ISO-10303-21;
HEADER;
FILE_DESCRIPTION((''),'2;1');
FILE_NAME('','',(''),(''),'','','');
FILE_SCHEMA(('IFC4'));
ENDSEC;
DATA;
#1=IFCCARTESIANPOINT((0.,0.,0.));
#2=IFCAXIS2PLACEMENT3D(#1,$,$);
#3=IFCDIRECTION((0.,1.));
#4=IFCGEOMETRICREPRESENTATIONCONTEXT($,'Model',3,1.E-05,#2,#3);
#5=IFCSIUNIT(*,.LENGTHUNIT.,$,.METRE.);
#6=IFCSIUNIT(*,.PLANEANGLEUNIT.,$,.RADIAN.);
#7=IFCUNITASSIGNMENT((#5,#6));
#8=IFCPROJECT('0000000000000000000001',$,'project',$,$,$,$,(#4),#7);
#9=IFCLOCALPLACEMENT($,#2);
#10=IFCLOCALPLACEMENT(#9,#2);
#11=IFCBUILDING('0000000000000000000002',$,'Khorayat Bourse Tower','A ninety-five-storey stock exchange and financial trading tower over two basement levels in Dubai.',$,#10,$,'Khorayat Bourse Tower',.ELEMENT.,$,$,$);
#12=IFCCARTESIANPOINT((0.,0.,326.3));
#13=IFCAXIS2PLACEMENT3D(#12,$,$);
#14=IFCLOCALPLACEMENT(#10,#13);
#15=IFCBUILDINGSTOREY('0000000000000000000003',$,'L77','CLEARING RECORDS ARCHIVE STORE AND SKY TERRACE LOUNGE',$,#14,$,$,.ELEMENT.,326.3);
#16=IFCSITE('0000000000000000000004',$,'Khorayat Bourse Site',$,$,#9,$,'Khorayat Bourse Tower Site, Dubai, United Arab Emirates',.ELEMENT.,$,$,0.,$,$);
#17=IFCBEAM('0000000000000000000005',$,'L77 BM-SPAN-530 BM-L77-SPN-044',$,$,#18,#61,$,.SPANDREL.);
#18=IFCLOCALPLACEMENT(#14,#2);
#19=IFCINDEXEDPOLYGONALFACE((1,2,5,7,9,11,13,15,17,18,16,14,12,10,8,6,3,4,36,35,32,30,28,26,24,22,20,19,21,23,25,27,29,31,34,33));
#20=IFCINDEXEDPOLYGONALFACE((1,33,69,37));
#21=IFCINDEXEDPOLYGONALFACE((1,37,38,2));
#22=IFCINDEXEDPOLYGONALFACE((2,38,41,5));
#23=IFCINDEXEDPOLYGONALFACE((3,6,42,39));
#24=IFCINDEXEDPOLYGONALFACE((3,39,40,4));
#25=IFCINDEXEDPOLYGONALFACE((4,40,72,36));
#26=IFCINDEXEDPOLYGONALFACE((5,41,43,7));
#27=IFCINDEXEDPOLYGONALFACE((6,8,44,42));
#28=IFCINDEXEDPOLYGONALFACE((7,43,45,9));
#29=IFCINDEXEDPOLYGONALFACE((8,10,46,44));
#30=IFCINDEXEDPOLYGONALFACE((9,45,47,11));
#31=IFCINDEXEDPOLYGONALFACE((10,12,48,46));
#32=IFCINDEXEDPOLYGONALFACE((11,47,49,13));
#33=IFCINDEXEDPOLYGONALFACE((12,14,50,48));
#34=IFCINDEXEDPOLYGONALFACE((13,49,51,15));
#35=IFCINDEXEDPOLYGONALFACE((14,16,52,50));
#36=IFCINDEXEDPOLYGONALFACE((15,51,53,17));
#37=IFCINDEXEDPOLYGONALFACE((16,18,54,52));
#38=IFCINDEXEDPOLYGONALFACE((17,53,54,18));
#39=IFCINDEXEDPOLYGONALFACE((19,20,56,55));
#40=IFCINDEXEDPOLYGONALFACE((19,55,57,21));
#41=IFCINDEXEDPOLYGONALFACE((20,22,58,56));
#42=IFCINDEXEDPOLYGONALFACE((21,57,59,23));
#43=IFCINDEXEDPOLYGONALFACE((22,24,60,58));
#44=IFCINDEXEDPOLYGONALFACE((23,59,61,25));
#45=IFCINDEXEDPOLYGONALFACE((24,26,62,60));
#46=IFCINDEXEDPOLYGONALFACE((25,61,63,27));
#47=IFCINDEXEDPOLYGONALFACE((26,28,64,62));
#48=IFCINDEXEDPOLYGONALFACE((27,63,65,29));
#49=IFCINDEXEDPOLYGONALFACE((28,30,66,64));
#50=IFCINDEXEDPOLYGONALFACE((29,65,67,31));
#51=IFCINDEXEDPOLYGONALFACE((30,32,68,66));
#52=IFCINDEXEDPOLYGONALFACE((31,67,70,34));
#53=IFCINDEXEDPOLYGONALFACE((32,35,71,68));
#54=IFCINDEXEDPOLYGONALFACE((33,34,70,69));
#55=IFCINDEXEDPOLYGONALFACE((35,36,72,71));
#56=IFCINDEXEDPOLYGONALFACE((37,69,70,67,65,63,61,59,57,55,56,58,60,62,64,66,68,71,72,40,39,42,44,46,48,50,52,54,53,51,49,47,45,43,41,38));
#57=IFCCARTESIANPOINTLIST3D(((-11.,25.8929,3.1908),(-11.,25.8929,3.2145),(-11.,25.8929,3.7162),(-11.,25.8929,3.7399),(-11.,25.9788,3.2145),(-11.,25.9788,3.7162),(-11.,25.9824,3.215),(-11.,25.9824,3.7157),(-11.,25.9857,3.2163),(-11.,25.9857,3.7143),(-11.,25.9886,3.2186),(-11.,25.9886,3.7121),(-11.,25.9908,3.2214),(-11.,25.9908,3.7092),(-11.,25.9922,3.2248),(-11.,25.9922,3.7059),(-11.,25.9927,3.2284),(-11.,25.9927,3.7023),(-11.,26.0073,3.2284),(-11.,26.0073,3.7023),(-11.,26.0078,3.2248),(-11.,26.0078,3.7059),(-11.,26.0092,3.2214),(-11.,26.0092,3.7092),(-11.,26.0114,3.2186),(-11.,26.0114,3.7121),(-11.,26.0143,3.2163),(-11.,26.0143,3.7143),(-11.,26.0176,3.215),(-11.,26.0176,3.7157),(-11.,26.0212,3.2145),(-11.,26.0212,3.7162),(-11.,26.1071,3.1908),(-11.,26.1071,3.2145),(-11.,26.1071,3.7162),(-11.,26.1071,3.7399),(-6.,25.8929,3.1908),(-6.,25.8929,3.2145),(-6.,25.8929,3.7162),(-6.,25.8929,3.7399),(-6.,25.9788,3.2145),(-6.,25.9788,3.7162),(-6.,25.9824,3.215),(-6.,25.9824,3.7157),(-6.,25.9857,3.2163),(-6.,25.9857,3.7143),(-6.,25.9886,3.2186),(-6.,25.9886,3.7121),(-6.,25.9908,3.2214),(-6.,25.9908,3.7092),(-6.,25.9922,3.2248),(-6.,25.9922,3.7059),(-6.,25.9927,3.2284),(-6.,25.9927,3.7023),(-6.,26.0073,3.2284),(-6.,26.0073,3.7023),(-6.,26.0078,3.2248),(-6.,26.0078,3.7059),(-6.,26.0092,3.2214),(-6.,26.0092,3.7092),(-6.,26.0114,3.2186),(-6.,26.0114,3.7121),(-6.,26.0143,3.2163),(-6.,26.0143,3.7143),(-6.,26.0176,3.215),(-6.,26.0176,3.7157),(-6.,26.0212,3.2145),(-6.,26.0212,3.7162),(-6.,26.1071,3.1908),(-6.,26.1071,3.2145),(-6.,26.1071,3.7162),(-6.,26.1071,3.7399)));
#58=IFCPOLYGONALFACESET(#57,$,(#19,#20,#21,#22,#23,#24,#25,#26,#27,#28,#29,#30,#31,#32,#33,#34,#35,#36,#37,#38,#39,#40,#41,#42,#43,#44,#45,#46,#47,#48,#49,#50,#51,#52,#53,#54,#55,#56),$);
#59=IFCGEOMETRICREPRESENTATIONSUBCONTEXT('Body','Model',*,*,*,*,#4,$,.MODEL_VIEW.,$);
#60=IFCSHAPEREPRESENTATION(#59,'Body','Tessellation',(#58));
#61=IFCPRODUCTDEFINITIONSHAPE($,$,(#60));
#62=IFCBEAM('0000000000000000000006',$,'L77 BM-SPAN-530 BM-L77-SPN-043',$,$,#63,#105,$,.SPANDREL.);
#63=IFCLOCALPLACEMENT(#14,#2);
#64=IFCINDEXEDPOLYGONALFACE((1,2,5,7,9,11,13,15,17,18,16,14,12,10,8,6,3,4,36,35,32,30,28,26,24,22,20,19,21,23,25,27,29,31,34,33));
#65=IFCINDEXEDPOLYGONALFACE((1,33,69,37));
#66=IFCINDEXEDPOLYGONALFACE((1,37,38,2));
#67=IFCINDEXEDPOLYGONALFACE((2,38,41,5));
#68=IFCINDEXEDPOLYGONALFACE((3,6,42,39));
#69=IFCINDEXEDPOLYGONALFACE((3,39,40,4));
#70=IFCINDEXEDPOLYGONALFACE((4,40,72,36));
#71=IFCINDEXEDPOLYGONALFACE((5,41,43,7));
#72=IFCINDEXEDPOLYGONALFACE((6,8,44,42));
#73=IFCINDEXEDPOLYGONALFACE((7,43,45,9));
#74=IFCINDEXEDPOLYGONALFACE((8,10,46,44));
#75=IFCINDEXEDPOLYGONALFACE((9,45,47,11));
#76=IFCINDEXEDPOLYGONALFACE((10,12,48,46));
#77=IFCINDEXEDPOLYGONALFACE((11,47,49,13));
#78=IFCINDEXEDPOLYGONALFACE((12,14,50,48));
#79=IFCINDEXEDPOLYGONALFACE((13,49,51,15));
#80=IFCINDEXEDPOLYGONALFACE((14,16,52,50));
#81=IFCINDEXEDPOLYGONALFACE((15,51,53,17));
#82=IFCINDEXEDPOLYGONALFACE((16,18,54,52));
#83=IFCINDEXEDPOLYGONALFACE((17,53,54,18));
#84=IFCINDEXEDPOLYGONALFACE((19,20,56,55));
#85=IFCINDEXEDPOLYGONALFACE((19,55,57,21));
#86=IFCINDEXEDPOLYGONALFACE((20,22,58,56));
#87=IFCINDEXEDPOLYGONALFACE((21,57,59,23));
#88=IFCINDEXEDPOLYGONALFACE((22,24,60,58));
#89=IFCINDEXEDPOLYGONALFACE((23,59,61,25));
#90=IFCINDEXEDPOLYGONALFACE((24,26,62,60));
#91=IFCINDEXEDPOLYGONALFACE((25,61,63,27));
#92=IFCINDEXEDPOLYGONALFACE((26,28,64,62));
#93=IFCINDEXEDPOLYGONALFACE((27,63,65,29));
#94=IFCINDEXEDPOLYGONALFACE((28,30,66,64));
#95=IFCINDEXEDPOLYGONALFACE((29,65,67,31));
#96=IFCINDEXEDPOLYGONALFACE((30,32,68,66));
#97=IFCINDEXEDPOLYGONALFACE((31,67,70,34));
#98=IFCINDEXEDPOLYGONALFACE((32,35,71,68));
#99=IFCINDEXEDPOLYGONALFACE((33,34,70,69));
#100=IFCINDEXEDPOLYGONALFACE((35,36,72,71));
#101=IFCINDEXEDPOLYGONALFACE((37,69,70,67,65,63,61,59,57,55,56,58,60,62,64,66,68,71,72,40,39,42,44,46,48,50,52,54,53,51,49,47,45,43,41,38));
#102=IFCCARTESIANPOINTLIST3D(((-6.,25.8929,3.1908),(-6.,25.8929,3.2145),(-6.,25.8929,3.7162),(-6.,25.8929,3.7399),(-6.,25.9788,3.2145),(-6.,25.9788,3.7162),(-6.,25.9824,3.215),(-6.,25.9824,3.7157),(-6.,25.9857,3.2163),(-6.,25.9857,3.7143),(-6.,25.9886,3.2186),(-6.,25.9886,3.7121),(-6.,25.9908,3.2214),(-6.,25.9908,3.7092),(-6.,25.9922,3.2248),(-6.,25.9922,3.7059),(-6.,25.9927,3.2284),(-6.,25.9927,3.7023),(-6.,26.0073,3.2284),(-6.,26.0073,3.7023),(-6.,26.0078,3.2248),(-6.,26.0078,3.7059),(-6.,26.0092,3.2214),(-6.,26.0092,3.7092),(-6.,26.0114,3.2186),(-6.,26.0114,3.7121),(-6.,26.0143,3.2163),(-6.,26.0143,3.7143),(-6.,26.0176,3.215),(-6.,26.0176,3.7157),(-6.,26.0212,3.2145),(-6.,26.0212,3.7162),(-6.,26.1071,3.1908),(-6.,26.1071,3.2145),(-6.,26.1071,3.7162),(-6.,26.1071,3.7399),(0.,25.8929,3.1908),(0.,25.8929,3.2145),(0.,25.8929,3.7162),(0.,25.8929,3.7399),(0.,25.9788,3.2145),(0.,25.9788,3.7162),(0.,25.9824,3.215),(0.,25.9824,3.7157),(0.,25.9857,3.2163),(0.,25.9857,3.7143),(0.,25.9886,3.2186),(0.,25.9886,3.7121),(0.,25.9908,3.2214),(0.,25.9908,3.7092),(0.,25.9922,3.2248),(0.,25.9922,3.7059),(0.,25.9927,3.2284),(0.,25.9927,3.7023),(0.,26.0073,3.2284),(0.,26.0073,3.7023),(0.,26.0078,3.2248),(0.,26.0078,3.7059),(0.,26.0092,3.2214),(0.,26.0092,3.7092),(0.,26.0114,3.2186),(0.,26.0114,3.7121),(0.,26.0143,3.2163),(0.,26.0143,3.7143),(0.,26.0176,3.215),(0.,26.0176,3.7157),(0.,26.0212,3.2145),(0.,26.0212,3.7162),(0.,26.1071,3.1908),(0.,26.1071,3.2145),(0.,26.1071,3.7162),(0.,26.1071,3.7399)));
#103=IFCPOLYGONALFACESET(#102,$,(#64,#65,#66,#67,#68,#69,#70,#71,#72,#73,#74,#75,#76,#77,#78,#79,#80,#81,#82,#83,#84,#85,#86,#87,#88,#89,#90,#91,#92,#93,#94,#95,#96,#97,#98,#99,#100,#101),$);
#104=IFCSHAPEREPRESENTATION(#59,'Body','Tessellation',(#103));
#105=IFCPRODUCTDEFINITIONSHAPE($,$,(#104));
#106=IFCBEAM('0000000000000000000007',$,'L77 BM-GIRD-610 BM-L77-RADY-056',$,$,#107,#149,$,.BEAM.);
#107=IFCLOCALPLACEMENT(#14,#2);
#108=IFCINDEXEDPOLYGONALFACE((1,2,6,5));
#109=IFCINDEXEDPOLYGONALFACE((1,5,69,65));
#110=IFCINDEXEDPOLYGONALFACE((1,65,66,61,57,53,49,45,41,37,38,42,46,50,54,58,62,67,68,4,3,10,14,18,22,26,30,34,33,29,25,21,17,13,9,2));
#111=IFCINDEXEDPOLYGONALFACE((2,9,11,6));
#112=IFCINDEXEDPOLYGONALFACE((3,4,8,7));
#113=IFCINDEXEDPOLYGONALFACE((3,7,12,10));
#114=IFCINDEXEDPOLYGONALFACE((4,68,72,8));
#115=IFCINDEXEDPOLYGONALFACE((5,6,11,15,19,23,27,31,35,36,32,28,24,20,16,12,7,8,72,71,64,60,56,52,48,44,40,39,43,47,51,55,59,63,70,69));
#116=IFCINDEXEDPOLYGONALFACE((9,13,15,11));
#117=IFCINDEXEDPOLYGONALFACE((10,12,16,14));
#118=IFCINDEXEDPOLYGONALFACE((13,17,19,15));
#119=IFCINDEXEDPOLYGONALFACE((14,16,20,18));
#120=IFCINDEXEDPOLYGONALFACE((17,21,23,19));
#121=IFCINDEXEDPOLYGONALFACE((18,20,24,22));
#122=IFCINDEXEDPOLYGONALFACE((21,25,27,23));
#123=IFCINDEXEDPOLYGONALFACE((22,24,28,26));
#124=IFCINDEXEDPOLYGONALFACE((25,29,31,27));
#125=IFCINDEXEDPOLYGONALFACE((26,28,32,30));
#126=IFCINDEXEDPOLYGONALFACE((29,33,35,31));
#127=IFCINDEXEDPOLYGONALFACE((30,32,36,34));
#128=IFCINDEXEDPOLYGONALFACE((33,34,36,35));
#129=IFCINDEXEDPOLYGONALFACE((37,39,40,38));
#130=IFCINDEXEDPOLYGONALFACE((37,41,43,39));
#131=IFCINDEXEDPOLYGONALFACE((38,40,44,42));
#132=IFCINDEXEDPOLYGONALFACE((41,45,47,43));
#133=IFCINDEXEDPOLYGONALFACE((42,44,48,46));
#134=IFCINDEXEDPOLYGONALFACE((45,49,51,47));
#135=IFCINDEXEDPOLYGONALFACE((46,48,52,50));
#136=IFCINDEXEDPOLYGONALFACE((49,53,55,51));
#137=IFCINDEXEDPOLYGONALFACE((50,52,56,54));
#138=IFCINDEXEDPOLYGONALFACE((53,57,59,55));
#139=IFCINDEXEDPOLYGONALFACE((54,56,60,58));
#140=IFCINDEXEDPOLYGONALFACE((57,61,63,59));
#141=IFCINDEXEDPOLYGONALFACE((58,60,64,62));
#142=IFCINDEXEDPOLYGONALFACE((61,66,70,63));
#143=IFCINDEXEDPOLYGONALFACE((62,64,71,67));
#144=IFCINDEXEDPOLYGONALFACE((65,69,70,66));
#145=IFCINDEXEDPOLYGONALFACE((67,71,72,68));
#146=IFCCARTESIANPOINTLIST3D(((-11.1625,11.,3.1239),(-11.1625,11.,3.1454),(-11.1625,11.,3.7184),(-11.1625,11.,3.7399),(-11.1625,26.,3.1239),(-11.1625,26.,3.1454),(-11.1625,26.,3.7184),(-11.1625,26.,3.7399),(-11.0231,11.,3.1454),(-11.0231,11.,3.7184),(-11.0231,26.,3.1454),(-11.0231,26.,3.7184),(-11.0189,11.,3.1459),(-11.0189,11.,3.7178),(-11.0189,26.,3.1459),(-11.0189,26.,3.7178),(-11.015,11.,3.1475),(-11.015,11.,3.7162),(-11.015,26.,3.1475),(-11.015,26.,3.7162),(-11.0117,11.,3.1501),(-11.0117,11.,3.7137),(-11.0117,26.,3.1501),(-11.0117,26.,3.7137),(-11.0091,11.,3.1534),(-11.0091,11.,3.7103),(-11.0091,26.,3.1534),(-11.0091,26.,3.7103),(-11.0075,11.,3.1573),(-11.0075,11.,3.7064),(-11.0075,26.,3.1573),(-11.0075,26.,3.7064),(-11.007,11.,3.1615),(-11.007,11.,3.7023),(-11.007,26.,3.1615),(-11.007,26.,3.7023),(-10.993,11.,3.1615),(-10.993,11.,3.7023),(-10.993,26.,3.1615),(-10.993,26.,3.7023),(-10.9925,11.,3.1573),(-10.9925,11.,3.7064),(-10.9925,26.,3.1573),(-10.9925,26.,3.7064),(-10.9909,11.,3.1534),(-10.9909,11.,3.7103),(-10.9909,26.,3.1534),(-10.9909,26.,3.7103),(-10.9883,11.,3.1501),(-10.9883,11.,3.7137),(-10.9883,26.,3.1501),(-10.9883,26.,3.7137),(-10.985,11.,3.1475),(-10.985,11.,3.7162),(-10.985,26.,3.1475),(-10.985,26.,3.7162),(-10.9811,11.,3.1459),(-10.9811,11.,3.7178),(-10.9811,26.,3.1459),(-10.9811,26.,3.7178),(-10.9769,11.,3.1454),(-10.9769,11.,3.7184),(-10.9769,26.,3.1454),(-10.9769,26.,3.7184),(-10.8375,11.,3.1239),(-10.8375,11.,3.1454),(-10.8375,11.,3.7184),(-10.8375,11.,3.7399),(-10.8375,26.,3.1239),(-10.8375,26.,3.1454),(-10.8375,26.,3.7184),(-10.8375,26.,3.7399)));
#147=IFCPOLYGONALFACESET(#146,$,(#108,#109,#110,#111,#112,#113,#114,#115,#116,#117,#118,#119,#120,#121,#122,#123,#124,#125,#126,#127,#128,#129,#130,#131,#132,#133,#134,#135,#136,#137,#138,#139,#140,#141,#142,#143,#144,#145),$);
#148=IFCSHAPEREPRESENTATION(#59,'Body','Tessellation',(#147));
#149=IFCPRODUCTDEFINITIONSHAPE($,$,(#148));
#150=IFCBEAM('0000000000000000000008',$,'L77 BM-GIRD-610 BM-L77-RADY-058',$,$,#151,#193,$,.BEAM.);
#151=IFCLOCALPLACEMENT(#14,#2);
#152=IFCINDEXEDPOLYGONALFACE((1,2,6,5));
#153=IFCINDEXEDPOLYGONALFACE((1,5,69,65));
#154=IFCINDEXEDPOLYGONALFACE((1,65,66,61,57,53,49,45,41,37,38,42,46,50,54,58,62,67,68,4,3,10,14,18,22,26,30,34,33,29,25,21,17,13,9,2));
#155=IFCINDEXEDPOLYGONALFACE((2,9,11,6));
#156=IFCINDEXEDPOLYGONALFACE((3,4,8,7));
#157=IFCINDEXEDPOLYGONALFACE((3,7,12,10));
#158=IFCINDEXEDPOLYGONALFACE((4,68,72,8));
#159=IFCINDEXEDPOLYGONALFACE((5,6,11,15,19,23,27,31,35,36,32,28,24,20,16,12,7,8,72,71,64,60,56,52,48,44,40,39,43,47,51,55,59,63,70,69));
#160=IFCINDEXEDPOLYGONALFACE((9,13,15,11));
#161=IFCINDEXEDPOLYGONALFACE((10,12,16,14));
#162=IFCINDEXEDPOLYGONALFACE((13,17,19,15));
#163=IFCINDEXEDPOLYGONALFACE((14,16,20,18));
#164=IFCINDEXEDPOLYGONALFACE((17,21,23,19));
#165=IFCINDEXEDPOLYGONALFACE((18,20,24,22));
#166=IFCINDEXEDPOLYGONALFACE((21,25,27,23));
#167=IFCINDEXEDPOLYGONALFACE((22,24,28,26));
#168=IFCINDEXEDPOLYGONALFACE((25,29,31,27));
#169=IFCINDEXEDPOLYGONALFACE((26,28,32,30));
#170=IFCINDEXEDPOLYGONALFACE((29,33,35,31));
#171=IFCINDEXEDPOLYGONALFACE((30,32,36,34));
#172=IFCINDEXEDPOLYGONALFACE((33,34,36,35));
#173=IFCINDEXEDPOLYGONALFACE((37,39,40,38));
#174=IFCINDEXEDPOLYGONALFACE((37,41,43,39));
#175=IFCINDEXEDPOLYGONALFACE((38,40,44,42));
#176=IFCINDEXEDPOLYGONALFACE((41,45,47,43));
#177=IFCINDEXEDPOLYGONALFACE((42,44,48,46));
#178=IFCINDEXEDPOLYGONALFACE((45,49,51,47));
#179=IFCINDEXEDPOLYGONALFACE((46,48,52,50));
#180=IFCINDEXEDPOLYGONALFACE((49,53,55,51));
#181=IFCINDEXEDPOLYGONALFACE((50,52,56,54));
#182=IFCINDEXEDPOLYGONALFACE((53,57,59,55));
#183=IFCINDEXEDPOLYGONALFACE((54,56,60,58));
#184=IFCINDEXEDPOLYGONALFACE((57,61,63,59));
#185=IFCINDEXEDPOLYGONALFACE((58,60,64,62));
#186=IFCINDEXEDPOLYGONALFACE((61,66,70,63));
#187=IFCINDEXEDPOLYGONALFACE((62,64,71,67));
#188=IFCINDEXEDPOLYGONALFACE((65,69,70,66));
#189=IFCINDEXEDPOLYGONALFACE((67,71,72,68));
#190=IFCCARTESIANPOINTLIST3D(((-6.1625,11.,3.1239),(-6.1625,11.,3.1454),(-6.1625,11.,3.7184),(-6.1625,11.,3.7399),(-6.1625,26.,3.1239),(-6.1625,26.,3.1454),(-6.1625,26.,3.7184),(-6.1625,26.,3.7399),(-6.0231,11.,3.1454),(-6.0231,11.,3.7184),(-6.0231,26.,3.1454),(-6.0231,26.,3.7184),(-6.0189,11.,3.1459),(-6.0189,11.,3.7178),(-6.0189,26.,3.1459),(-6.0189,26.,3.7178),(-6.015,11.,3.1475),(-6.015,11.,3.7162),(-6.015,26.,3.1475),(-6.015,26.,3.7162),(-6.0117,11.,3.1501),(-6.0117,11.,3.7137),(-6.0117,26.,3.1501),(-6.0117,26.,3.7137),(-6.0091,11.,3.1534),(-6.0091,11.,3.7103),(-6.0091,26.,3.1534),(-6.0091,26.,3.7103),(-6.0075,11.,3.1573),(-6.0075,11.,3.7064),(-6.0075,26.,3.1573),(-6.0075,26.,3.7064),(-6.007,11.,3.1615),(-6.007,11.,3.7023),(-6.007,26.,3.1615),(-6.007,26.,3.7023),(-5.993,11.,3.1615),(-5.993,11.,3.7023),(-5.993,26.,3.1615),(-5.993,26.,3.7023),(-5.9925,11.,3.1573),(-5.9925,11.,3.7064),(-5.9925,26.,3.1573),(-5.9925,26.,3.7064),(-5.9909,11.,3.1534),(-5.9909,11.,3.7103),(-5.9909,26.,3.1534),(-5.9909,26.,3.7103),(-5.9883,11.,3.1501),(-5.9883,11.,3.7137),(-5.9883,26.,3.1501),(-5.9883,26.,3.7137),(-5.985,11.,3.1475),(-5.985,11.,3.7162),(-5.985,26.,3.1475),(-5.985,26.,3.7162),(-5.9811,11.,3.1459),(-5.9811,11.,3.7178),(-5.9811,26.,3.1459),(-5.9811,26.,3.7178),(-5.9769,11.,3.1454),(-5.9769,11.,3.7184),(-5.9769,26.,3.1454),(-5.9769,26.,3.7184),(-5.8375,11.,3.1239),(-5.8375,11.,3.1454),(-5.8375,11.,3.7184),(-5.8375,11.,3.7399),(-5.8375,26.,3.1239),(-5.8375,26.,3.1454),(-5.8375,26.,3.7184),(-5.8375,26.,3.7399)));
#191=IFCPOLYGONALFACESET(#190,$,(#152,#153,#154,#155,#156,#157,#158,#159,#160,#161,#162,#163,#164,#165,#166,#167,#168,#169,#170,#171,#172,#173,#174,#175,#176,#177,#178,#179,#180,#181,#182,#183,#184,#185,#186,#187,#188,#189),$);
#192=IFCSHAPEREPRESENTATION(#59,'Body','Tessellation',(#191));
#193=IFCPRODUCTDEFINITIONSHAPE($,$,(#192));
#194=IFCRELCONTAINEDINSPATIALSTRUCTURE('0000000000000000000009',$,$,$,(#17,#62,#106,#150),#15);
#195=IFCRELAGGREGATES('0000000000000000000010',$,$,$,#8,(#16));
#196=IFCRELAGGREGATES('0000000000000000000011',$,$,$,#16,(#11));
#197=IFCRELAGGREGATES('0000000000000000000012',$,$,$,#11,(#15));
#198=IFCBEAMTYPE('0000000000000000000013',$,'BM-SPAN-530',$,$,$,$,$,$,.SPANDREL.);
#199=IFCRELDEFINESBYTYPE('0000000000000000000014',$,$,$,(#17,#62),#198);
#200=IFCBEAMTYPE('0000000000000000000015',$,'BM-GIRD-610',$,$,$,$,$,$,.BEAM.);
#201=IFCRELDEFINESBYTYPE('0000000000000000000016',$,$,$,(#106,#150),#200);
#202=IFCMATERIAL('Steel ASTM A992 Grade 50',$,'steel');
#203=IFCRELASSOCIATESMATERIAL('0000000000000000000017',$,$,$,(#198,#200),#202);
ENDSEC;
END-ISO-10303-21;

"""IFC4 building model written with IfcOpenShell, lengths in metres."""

from ifc_helpers import new_model, si_unit, direction, frame, origin, origin_2d, place, context, subcontext, project, spatial, i_section, extrude, source, transform, mapped, material, material_profile, profile_set, type_object, element, save


model = new_model("IFC4")

# Units and contexts
model_context = context("Model", 3, precision=1e-05, world=origin(), true_north=direction((0.0, 1.0)))
body_context = subcontext(model_context, "Body", "Model", "MODEL_VIEW")
ifc_project = project(units=[si_unit("LENGTHUNIT", "METRE"), si_unit("PLANEANGLEUNIT", "RADIAN")], contexts=[model_context])

# Site, building, storey
site_placement = place(None, origin())
site = spatial("IfcSite", under=ifc_project, at=site_placement, Name="Khorayat Bourse Site", LongName="Khorayat Bourse Tower Site, Dubai, United Arab Emirates", CompositionType="ELEMENT", RefElevation=0.0)
building_placement = place(site_placement, origin())
building = spatial("IfcBuilding", under=site, at=building_placement, Name="Khorayat Bourse Tower", Description="A ninety-five-storey stock exchange and financial trading tower over two basement levels in Dubai.", LongName="Khorayat Bourse Tower", CompositionType="ELEMENT")
storey_placement = place(building_placement, frame((0.0, 0.0, 326.3)))
storey = spatial("IfcBuildingStorey", under=building, at=storey_placement, Name="L77", Description="CLEARING RECORDS ARCHIVE STORE AND SKY TERRACE LOUNGE", CompositionType="ELEMENT", Elevation=326.3)

# Beams
ifc_material_1 = material(Name="Steel ASTM A992 Grade 50", Category="steel")
ifc_material_profile_1 = material_profile(ifc_material_1, i_section(OverallWidth=0.2141, OverallDepth=0.5491, WebThickness=0.0146, FlangeThickness=0.0237, FilletRadius=0.0139, at=origin_2d()), Name="W530X138")
ifc_profile_set_1 = profile_set([ifc_material_profile_1], Name="Steel ASTM A992 Grade 50")
beam_type_1 = type_object("IfcBeamType", Name="BM-SPAN-530", PredefinedType="SPANDREL", material=ifc_profile_set_1)
shared_shape_1 = source(origin(), body_context, "Body", "SweptSolid", [
    extrude(i_section(OverallWidth=0.2141, OverallDepth=0.5491, WebThickness=0.0146, FlangeThickness=0.0237, FilletRadius=0.0139, at=origin_2d()), origin(), (0.0, 0.0, 1.0), 5.0),
])
beam_1_placement = place(storey_placement, frame((-11.0, 26.0, 3.4653), z_axis=(1.0, 0.0, 0.0), x_axis=(0.0, 1.0, 0.0)))
element("IfcBeam", 1, at=beam_1_placement, inside=storey, type_object=beam_type_1, Name="L77 BM-SPAN-530 BM-L77-SPN-044", PredefinedType="SPANDREL", context=body_context, shape_type="MappedRepresentation", body=[
    mapped(shared_shape_1, transform((0.0, 0.0, 0.0), scale=1.0)),
])
shared_shape_2 = source(origin(), body_context, "Body", "SweptSolid", [
    extrude(i_section(OverallWidth=0.2141, OverallDepth=0.5491, WebThickness=0.0146, FlangeThickness=0.0237, FilletRadius=0.0139, at=origin_2d()), origin(), (0.0, 0.0, 1.0), 6.0),
])
beam_2_placement = place(storey_placement, frame((-6.0, 26.0, 3.4653), z_axis=(1.0, 0.0, 0.0), x_axis=(0.0, 1.0, 0.0)))
element("IfcBeam", 2, at=beam_2_placement, inside=storey, type_object=beam_type_1, Name="L77 BM-SPAN-530 BM-L77-SPN-043", PredefinedType="SPANDREL", context=body_context, shape_type="MappedRepresentation", body=[
    mapped(shared_shape_2, transform((0.0, 0.0, 0.0), scale=1.0)),
])
ifc_material_profile_2 = material_profile(ifc_material_1, i_section(OverallWidth=0.325, OverallDepth=0.616, WebThickness=0.0139, FlangeThickness=0.0215, FilletRadius=0.0161, at=origin_2d()), Name="W610X174")
ifc_profile_set_2 = profile_set([ifc_material_profile_2], Name="Steel ASTM A992 Grade 50")
beam_type_2 = type_object("IfcBeamType", Name="BM-GIRD-610", PredefinedType="BEAM", material=ifc_profile_set_2)
shared_shape_3 = source(origin(), body_context, "Body", "SweptSolid", [
    extrude(i_section(OverallWidth=0.325, OverallDepth=0.616, WebThickness=0.0139, FlangeThickness=0.0215, FilletRadius=0.0161, at=origin_2d()), origin(), (0.0, 0.0, 1.0), 15.0),
])
for number, where, z_axis, x_axis, name in (
    (3, (-11.0, 11.0, 3.4319), (0.0, 1.0, 0.0), (-1.0, 0.0, 0.0), "L77 BM-GIRD-610 BM-L77-RADY-056"),
    (4, (-6.0, 11.0, 3.4319), (0.0, 1.0, 0.0), (-1.0, 0.0, 0.0), "L77 BM-GIRD-610 BM-L77-RADY-058"),
):
    element("IfcBeam", number, at=place(storey_placement, frame(where, z_axis=z_axis, x_axis=x_axis)), inside=storey, type_object=beam_type_2, Name=name, PredefinedType="BEAM", context=body_context, shape_type="MappedRepresentation", body=[
        mapped(shared_shape_3, transform((0.0, 0.0, 0.0), scale=1.0)),
    ])

save(model, "model.ifc")
